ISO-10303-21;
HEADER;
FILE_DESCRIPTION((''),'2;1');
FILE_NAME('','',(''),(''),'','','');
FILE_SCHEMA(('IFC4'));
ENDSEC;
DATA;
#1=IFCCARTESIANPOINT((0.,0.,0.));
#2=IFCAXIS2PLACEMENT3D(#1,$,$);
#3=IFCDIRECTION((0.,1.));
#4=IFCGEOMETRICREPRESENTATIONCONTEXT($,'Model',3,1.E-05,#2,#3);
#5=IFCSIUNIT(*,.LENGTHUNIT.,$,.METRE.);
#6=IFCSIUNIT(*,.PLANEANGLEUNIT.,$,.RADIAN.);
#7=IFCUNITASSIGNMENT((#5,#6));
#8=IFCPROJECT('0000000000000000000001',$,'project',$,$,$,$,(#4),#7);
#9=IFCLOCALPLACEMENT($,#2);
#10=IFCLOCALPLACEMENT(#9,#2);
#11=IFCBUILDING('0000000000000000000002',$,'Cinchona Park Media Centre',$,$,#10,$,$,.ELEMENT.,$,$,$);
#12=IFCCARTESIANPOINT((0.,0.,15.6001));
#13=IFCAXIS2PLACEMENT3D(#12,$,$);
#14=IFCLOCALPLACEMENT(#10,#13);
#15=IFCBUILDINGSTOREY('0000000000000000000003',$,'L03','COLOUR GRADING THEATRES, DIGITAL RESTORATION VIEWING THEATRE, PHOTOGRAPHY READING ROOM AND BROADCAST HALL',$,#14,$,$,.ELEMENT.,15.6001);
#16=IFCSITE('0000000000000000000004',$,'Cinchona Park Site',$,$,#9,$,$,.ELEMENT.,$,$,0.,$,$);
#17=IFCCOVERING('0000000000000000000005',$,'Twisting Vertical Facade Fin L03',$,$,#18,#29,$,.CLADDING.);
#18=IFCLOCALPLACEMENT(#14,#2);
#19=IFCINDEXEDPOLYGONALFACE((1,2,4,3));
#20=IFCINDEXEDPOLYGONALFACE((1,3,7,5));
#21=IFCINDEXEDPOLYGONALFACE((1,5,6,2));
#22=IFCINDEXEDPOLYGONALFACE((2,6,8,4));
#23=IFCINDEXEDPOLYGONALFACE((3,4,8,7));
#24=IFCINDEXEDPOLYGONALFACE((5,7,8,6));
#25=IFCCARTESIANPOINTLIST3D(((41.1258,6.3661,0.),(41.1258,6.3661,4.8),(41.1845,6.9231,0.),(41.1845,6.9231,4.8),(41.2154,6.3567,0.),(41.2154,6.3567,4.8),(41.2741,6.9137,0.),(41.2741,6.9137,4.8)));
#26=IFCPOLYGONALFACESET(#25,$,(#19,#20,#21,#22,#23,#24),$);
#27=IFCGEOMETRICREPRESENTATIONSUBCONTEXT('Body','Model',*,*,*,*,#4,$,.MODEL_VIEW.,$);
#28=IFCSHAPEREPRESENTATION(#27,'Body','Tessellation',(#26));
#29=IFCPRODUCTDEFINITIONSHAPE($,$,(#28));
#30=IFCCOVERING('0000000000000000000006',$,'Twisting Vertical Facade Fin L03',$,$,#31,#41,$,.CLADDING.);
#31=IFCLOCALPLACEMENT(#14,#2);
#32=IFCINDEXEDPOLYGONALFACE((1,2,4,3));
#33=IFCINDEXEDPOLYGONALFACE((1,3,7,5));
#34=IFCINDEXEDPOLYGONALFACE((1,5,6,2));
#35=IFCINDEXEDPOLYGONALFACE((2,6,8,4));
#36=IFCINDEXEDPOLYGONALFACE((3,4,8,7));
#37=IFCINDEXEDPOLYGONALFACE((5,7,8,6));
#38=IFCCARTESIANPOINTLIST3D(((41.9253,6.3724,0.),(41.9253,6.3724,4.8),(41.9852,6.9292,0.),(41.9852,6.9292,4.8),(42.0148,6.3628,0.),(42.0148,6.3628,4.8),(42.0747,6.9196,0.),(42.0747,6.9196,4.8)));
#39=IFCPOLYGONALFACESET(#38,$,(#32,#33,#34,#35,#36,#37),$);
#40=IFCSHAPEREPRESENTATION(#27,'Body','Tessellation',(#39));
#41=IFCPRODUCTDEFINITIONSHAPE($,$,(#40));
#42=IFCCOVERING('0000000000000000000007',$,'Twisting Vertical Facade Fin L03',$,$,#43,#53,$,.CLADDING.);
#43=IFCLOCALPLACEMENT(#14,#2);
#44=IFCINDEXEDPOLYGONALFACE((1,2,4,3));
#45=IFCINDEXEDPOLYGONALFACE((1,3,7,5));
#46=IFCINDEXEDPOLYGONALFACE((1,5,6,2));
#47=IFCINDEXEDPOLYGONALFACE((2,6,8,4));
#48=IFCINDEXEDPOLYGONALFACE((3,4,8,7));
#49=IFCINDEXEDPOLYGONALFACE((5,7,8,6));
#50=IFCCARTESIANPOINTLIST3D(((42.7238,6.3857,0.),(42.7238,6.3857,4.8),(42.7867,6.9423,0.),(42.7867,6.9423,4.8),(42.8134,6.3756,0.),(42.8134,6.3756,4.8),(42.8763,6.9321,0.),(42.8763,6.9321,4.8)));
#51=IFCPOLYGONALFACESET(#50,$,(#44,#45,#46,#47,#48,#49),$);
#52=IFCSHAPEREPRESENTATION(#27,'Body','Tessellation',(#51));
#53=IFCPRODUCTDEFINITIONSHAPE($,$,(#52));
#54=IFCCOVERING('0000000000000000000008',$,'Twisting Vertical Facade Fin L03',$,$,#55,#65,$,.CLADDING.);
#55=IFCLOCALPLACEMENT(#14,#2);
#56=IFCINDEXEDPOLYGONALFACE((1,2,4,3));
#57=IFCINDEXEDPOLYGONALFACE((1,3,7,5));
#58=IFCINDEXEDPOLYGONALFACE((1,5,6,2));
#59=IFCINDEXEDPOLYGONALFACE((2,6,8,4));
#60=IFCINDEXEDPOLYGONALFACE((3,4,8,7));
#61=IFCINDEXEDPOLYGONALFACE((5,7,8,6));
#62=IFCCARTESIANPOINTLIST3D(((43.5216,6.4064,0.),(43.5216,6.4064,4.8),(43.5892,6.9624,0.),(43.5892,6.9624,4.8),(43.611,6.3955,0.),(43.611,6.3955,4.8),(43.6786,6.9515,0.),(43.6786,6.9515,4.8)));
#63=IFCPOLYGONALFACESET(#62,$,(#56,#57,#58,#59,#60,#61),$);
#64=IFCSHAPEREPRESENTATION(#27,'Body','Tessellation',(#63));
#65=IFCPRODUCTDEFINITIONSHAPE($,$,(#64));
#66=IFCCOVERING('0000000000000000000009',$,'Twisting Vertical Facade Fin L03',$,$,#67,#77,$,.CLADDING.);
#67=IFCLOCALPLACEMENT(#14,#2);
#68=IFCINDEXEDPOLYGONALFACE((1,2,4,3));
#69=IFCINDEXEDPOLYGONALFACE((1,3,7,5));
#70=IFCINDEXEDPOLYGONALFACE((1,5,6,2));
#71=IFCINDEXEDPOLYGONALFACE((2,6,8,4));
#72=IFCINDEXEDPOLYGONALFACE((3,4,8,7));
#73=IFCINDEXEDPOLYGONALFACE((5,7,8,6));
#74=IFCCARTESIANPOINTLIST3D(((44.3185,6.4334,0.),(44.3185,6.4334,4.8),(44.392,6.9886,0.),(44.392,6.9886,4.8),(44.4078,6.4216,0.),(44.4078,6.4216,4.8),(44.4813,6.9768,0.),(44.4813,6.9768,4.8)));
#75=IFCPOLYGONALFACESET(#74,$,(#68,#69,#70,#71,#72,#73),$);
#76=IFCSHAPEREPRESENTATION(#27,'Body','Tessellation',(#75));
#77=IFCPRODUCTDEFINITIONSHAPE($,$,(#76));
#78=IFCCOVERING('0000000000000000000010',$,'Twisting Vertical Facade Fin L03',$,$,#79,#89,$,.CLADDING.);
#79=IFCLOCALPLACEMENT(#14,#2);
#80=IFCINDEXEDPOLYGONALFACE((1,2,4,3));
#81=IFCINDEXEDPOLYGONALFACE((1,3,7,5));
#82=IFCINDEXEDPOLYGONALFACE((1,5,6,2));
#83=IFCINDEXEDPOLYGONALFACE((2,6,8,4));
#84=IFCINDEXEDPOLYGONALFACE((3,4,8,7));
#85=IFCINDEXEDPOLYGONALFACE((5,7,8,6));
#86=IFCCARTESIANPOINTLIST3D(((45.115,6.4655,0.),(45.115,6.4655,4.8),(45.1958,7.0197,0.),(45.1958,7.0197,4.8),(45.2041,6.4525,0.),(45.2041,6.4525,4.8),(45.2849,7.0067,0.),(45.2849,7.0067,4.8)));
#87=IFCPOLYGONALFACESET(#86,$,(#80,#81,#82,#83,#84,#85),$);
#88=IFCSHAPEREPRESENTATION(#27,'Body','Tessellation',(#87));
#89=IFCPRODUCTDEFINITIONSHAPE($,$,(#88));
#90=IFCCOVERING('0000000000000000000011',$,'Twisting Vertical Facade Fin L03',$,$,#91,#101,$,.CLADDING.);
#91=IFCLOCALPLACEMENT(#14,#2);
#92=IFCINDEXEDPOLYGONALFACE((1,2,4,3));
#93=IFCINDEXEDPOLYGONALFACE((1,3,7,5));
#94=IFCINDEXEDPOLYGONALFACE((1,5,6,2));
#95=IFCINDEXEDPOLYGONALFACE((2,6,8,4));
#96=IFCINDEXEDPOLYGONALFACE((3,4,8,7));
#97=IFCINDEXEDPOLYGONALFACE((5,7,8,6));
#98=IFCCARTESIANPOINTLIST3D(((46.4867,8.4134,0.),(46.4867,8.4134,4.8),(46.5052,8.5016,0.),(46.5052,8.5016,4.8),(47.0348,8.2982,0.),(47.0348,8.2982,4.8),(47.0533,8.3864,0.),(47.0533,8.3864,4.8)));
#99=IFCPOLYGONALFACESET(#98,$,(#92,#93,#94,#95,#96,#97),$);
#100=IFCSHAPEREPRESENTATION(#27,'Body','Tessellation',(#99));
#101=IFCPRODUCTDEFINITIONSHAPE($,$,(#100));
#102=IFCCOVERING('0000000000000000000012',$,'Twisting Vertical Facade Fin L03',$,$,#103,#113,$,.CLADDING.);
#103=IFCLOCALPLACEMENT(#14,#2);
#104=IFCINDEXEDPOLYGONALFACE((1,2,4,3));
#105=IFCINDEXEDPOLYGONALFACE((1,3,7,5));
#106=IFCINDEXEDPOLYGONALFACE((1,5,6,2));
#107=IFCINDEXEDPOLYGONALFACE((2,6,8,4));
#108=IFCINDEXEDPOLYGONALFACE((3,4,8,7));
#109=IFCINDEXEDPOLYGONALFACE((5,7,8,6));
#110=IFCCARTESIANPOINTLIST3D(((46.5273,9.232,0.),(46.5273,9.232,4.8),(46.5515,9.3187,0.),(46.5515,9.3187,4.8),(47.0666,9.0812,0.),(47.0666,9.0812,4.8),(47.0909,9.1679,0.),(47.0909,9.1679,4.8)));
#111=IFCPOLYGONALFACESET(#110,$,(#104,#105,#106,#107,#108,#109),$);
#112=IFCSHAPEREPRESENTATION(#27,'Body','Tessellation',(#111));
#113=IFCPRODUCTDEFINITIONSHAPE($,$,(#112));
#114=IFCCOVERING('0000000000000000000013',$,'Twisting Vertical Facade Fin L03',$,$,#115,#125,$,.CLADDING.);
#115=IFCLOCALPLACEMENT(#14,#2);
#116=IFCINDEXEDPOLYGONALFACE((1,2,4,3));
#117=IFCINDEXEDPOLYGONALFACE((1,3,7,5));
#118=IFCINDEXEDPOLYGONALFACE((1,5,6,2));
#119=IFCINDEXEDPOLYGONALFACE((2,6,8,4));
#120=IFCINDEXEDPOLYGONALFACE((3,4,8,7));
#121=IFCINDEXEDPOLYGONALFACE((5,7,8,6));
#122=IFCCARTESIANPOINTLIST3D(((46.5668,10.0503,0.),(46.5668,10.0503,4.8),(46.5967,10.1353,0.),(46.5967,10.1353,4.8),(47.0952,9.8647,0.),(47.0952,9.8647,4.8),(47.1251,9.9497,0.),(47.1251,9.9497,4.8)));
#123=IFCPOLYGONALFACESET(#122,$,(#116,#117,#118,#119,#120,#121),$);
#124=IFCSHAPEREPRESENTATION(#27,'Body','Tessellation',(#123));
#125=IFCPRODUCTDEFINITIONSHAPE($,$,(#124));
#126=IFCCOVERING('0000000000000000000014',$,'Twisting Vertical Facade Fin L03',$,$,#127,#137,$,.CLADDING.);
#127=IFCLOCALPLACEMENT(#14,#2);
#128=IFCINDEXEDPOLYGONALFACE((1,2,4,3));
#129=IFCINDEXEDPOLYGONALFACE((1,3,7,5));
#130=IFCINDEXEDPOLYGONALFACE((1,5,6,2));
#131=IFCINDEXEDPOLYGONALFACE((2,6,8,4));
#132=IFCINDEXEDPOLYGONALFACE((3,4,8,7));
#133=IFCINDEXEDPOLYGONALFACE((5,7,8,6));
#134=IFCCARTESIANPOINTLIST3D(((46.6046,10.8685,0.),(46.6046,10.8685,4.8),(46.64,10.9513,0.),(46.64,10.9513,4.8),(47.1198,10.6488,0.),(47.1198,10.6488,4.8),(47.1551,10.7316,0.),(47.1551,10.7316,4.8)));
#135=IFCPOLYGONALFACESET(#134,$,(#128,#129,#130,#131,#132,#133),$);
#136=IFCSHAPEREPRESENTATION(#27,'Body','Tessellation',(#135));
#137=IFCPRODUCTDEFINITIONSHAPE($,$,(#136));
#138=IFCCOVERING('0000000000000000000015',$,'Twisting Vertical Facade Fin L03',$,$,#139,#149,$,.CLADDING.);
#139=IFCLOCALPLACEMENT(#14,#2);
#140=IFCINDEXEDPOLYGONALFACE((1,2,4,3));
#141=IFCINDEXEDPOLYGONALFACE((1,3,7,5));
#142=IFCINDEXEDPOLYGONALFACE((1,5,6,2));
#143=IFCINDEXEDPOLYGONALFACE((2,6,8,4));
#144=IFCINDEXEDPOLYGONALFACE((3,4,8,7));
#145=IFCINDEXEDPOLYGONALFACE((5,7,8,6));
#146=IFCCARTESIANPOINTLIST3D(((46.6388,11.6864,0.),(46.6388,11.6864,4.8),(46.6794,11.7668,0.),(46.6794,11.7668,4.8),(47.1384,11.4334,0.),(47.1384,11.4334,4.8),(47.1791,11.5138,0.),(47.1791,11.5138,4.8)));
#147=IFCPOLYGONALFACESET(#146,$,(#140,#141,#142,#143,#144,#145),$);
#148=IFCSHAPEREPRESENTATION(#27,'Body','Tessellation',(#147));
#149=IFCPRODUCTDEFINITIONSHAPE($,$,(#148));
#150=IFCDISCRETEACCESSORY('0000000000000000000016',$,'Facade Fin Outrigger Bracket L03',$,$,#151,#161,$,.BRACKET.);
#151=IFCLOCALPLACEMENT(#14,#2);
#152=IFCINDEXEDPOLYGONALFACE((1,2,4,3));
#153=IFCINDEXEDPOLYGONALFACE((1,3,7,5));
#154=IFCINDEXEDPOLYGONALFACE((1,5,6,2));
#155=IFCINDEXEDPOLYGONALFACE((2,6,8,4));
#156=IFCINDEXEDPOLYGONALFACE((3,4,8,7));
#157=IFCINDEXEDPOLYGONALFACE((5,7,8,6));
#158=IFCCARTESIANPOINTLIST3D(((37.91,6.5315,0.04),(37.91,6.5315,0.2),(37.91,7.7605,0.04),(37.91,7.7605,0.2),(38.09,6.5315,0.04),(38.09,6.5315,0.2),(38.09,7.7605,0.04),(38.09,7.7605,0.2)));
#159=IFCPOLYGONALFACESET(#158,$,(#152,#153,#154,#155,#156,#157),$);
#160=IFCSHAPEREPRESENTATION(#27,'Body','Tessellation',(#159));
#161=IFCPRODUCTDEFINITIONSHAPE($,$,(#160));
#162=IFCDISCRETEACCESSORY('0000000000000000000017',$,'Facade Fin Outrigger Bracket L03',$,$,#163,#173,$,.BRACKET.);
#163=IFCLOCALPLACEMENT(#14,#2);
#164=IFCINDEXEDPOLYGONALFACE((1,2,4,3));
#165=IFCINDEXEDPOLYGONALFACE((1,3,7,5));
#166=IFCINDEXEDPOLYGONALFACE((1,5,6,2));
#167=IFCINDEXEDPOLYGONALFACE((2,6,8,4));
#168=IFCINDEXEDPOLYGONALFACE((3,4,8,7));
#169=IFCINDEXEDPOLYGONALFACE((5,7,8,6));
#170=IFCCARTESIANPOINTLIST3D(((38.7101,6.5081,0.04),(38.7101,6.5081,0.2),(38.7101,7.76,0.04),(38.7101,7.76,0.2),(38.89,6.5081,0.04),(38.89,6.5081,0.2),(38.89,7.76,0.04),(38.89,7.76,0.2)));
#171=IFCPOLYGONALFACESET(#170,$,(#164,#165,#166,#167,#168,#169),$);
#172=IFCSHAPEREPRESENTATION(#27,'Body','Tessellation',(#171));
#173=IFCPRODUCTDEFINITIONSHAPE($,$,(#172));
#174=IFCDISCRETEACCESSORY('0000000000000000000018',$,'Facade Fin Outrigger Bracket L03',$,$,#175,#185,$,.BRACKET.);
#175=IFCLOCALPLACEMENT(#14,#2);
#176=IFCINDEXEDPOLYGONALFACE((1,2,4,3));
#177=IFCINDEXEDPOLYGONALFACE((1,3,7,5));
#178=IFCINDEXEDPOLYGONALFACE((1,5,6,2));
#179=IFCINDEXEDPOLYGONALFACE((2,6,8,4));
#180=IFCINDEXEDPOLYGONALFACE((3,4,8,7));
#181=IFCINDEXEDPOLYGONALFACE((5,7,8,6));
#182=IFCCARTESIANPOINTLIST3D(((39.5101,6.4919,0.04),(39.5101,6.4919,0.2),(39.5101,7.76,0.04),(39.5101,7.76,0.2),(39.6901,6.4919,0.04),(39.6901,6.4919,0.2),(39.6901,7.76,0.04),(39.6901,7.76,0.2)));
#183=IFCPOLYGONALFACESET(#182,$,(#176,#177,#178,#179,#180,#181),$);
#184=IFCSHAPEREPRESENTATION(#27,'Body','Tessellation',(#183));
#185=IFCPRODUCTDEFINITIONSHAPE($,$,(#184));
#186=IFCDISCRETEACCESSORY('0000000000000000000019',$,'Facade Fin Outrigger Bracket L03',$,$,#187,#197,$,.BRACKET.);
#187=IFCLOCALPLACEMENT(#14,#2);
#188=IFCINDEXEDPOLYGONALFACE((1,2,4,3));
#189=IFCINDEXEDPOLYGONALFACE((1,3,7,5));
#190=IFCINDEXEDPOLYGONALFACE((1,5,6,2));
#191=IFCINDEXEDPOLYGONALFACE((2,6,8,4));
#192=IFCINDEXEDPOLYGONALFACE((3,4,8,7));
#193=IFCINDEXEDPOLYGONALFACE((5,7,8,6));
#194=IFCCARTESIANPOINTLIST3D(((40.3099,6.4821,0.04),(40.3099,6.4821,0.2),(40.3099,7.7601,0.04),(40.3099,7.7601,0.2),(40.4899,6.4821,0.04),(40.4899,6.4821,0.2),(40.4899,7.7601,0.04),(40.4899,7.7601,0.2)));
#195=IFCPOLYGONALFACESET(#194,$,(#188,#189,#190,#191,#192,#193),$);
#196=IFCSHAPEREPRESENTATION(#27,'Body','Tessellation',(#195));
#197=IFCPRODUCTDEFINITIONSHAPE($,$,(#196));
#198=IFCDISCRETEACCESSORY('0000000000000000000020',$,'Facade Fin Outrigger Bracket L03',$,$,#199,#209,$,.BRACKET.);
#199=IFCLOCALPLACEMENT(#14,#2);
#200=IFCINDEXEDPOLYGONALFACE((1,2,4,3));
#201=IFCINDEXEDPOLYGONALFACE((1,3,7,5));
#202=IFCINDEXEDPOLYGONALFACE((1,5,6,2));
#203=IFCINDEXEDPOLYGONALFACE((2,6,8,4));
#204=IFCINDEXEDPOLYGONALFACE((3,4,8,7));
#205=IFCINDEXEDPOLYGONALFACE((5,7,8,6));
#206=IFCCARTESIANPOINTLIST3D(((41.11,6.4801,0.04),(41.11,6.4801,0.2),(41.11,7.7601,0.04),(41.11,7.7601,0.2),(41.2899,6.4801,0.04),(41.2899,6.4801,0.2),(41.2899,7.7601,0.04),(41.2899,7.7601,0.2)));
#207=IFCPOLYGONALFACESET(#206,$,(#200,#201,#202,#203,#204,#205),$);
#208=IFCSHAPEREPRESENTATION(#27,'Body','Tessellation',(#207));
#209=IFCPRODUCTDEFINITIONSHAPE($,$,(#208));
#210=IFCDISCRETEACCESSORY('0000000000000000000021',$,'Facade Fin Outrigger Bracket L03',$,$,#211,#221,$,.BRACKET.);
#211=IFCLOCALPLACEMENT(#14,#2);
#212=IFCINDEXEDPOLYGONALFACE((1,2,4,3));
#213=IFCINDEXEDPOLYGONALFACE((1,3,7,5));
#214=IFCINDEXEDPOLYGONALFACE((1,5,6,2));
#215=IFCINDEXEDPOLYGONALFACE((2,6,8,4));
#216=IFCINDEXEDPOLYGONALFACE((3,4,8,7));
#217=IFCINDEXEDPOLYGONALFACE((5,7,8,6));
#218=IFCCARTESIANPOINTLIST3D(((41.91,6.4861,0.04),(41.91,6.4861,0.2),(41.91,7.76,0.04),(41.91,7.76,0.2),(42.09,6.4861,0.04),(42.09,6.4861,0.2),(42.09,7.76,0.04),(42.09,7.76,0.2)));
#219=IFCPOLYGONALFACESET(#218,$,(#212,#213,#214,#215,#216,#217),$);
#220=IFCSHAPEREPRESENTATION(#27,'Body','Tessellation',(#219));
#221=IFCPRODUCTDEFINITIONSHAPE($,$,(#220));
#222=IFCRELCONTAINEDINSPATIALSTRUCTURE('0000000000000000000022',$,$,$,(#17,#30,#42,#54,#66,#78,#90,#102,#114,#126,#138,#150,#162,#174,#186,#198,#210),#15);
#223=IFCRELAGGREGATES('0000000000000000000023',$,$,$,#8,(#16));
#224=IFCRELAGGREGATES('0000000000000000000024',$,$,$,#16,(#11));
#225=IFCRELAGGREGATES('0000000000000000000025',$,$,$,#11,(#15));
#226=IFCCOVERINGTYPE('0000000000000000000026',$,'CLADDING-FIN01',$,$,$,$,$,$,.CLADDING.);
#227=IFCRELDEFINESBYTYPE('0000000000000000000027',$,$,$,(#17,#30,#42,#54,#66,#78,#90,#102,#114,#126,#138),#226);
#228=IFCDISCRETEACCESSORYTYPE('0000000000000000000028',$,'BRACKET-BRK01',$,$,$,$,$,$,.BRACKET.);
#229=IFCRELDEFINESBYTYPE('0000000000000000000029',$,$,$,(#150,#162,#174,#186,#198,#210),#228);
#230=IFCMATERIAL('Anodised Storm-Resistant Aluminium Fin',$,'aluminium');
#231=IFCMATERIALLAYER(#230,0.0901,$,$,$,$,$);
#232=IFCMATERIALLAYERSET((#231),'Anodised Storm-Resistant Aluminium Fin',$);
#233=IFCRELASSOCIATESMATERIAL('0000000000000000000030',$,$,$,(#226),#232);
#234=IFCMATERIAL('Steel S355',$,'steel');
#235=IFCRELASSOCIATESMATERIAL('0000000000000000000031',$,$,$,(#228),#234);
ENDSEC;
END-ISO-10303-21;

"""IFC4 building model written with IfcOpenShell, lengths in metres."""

from ifc_helpers import new_model, si_unit, direction, frame, origin, origin_2d, place, context, subcontext, project, spatial, rectangle, extrude, material, layer, layer_set, type_object, element, save


model = new_model("IFC4")

# Units and contexts
model_context = context("Model", 3, precision=1e-05, world=origin(), true_north=direction((0.0, 1.0)))
body_context = subcontext(model_context, "Body", "Model", "MODEL_VIEW")
ifc_project = project(units=[si_unit("LENGTHUNIT", "METRE"), si_unit("PLANEANGLEUNIT", "RADIAN")], contexts=[model_context])

# Site, building, storey
site_placement = place(None, origin())
site = spatial("IfcSite", under=ifc_project, at=site_placement, Name="Cinchona Park Site", CompositionType="ELEMENT", RefElevation=0.0)
building_placement = place(site_placement, origin())
building = spatial("IfcBuilding", under=site, at=building_placement, Name="Cinchona Park Media Centre", CompositionType="ELEMENT")
storey_placement = place(building_placement, frame((0.0, 0.0, 15.6001)))
storey = spatial("IfcBuildingStorey", under=building, at=storey_placement, Name="L03", Description="COLOUR GRADING THEATRES, DIGITAL RESTORATION VIEWING THEATRE, PHOTOGRAPHY READING ROOM AND BROADCAST HALL", CompositionType="ELEMENT", Elevation=15.6001)

# Coverings
ifc_material_1 = material(Name="Anodised Storm-Resistant Aluminium Fin", Category="aluminium")
ifc_layer_1 = layer(ifc_material_1, 0.0901)
ifc_layer_set_1 = layer_set([ifc_layer_1], Name="Anodised Storm-Resistant Aluminium Fin")
covering_type = type_object("IfcCoveringType", Name="CLADDING-FIN01", PredefinedType="CLADDING", material=ifc_layer_set_1)
for number, where, z_axis, x_axis, name in (
    (1, (41.2, 6.6399, 0.0), (0.0, 0.0, 1.0), (0.104702, 0.994504, 0.0), "Twisting Vertical Facade Fin L03"),
    (2, (42.0, 6.646, 0.0), (0.0, 0.0, 1.0), (0.106958, 0.994264, 0.0), "Twisting Vertical Facade Fin L03"),
    (3, (42.8, 6.6589, 0.0), (0.0, 0.0, 1.0), (0.112336, 0.99367, 0.0), "Twisting Vertical Facade Fin L03"),
    (4, (43.6001, 6.679, 0.0), (0.0, 0.0, 1.0), (0.120657, 0.992694, 0.0), "Twisting Vertical Facade Fin L03"),
    (5, (44.3999, 6.7051, 0.0), (0.0, 0.0, 1.0), (0.131391, 0.991331, 0.0), "Twisting Vertical Facade Fin L03"),
    (6, (45.2, 6.7361, 0.0), (0.0, 0.0, 1.0), (0.144356, 0.989526, 0.0), "Twisting Vertical Facade Fin L03"),
    (7, (46.77, 8.3999, 0.0), (0.0, 0.0, 1.0), (-0.978617, 0.205692, 0.0), "Twisting Vertical Facade Fin L03"),
    (8, (46.8091, 9.2, 0.0), (0.0, 0.0, 1.0), (-0.963069, 0.269256, 0.0), "Twisting Vertical Facade Fin L03"),
    (9, (46.8459, 10.0, 0.0), (0.0, 0.0, 1.0), (-0.943454, 0.331503, 0.0), "Twisting Vertical Facade Fin L03"),
    (10, (46.8799, 10.8, 0.0), (0.0, 0.0, 1.0), (-0.919821, 0.392337, 0.0), "Twisting Vertical Facade Fin L03"),
    (11, (46.9089, 11.6001, 0.0), (0.0, 0.0, 1.0), (-0.892192, 0.451656, 0.0), "Twisting Vertical Facade Fin L03"),
):
    element("IfcCovering", number, at=place(storey_placement, frame(where, z_axis=z_axis, x_axis=x_axis)), inside=storey, type_object=covering_type, Name=name, PredefinedType="CLADDING", context=body_context, shape_type="SweptSolid", body=[
        extrude(rectangle(XDim=0.5601, YDim=0.0901, at=origin_2d()), origin(), (0.0, 0.0, 1.0), 4.8),
    ])

# Discrete accessories
ifc_material_2 = material(Name="Steel S355", Category="steel")
discrete_accessory_type = type_object("IfcDiscreteAccessoryType", Name="BRACKET-BRK01", PredefinedType="BRACKET", material=ifc_material_2)
discrete_accessory_1_placement = place(storey_placement, frame((38.0, 7.146, 0.04), z_axis=(0.0, 0.0, 1.0), x_axis=(1.0, 0.0, 0.0)))
element("IfcDiscreteAccessory", 12, at=discrete_accessory_1_placement, inside=storey, type_object=discrete_accessory_type, Name="Facade Fin Outrigger Bracket L03", PredefinedType="BRACKET", context=body_context, shape_type="SweptSolid", body=[
    extrude(rectangle(XDim=0.1799, YDim=1.229, at=origin_2d()), origin(), (0.0, 0.0, 1.0), 0.1599),
])
discrete_accessory_2_placement = place(storey_placement, frame((38.8, 7.134, 0.04), z_axis=(0.0, 0.0, 1.0), x_axis=(1.0, 0.0, 0.0)))
element("IfcDiscreteAccessory", 13, at=discrete_accessory_2_placement, inside=storey, type_object=discrete_accessory_type, Name="Facade Fin Outrigger Bracket L03", PredefinedType="BRACKET", context=body_context, shape_type="SweptSolid", body=[
    extrude(rectangle(XDim=0.1799, YDim=1.252, at=origin_2d()), origin(), (0.0, 0.0, 1.0), 0.1599),
])
discrete_accessory_3_placement = place(storey_placement, frame((39.6001, 7.126, 0.04), z_axis=(0.0, 0.0, 1.0), x_axis=(1.0, 0.0, 0.0)))
element("IfcDiscreteAccessory", 14, at=discrete_accessory_3_placement, inside=storey, type_object=discrete_accessory_type, Name="Facade Fin Outrigger Bracket L03", PredefinedType="BRACKET", context=body_context, shape_type="SweptSolid", body=[
    extrude(rectangle(XDim=0.1799, YDim=1.2681, at=origin_2d()), origin(), (0.0, 0.0, 1.0), 0.1599),
])
discrete_accessory_4_placement = place(storey_placement, frame((40.3999, 7.1211, 0.04), z_axis=(0.0, 0.0, 1.0), x_axis=(1.0, 0.0, 0.0)))
element("IfcDiscreteAccessory", 15, at=discrete_accessory_4_placement, inside=storey, type_object=discrete_accessory_type, Name="Facade Fin Outrigger Bracket L03", PredefinedType="BRACKET", context=body_context, shape_type="SweptSolid", body=[
    extrude(rectangle(XDim=0.1799, YDim=1.2781, at=origin_2d()), origin(), (0.0, 0.0, 1.0), 0.1599),
])
discrete_accessory_5_placement = place(storey_placement, frame((41.2, 7.1201, 0.04), z_axis=(0.0, 0.0, 1.0), x_axis=(1.0, 0.0, 0.0)))
element("IfcDiscreteAccessory", 16, at=discrete_accessory_5_placement, inside=storey, type_object=discrete_accessory_type, Name="Facade Fin Outrigger Bracket L03", PredefinedType="BRACKET", context=body_context, shape_type="SweptSolid", body=[
    extrude(rectangle(XDim=0.1799, YDim=1.28, at=origin_2d()), origin(), (0.0, 0.0, 1.0), 0.1599),
])
discrete_accessory_6_placement = place(storey_placement, frame((42.0, 7.123, 0.04), z_axis=(0.0, 0.0, 1.0), x_axis=(1.0, 0.0, 0.0)))
element("IfcDiscreteAccessory", 17, at=discrete_accessory_6_placement, inside=storey, type_object=discrete_accessory_type, Name="Facade Fin Outrigger Bracket L03", PredefinedType="BRACKET", context=body_context, shape_type="SweptSolid", body=[
    extrude(rectangle(XDim=0.1799, YDim=1.2739, at=origin_2d()), origin(), (0.0, 0.0, 1.0), 0.1599),
])

save(model, "model.ifc")
